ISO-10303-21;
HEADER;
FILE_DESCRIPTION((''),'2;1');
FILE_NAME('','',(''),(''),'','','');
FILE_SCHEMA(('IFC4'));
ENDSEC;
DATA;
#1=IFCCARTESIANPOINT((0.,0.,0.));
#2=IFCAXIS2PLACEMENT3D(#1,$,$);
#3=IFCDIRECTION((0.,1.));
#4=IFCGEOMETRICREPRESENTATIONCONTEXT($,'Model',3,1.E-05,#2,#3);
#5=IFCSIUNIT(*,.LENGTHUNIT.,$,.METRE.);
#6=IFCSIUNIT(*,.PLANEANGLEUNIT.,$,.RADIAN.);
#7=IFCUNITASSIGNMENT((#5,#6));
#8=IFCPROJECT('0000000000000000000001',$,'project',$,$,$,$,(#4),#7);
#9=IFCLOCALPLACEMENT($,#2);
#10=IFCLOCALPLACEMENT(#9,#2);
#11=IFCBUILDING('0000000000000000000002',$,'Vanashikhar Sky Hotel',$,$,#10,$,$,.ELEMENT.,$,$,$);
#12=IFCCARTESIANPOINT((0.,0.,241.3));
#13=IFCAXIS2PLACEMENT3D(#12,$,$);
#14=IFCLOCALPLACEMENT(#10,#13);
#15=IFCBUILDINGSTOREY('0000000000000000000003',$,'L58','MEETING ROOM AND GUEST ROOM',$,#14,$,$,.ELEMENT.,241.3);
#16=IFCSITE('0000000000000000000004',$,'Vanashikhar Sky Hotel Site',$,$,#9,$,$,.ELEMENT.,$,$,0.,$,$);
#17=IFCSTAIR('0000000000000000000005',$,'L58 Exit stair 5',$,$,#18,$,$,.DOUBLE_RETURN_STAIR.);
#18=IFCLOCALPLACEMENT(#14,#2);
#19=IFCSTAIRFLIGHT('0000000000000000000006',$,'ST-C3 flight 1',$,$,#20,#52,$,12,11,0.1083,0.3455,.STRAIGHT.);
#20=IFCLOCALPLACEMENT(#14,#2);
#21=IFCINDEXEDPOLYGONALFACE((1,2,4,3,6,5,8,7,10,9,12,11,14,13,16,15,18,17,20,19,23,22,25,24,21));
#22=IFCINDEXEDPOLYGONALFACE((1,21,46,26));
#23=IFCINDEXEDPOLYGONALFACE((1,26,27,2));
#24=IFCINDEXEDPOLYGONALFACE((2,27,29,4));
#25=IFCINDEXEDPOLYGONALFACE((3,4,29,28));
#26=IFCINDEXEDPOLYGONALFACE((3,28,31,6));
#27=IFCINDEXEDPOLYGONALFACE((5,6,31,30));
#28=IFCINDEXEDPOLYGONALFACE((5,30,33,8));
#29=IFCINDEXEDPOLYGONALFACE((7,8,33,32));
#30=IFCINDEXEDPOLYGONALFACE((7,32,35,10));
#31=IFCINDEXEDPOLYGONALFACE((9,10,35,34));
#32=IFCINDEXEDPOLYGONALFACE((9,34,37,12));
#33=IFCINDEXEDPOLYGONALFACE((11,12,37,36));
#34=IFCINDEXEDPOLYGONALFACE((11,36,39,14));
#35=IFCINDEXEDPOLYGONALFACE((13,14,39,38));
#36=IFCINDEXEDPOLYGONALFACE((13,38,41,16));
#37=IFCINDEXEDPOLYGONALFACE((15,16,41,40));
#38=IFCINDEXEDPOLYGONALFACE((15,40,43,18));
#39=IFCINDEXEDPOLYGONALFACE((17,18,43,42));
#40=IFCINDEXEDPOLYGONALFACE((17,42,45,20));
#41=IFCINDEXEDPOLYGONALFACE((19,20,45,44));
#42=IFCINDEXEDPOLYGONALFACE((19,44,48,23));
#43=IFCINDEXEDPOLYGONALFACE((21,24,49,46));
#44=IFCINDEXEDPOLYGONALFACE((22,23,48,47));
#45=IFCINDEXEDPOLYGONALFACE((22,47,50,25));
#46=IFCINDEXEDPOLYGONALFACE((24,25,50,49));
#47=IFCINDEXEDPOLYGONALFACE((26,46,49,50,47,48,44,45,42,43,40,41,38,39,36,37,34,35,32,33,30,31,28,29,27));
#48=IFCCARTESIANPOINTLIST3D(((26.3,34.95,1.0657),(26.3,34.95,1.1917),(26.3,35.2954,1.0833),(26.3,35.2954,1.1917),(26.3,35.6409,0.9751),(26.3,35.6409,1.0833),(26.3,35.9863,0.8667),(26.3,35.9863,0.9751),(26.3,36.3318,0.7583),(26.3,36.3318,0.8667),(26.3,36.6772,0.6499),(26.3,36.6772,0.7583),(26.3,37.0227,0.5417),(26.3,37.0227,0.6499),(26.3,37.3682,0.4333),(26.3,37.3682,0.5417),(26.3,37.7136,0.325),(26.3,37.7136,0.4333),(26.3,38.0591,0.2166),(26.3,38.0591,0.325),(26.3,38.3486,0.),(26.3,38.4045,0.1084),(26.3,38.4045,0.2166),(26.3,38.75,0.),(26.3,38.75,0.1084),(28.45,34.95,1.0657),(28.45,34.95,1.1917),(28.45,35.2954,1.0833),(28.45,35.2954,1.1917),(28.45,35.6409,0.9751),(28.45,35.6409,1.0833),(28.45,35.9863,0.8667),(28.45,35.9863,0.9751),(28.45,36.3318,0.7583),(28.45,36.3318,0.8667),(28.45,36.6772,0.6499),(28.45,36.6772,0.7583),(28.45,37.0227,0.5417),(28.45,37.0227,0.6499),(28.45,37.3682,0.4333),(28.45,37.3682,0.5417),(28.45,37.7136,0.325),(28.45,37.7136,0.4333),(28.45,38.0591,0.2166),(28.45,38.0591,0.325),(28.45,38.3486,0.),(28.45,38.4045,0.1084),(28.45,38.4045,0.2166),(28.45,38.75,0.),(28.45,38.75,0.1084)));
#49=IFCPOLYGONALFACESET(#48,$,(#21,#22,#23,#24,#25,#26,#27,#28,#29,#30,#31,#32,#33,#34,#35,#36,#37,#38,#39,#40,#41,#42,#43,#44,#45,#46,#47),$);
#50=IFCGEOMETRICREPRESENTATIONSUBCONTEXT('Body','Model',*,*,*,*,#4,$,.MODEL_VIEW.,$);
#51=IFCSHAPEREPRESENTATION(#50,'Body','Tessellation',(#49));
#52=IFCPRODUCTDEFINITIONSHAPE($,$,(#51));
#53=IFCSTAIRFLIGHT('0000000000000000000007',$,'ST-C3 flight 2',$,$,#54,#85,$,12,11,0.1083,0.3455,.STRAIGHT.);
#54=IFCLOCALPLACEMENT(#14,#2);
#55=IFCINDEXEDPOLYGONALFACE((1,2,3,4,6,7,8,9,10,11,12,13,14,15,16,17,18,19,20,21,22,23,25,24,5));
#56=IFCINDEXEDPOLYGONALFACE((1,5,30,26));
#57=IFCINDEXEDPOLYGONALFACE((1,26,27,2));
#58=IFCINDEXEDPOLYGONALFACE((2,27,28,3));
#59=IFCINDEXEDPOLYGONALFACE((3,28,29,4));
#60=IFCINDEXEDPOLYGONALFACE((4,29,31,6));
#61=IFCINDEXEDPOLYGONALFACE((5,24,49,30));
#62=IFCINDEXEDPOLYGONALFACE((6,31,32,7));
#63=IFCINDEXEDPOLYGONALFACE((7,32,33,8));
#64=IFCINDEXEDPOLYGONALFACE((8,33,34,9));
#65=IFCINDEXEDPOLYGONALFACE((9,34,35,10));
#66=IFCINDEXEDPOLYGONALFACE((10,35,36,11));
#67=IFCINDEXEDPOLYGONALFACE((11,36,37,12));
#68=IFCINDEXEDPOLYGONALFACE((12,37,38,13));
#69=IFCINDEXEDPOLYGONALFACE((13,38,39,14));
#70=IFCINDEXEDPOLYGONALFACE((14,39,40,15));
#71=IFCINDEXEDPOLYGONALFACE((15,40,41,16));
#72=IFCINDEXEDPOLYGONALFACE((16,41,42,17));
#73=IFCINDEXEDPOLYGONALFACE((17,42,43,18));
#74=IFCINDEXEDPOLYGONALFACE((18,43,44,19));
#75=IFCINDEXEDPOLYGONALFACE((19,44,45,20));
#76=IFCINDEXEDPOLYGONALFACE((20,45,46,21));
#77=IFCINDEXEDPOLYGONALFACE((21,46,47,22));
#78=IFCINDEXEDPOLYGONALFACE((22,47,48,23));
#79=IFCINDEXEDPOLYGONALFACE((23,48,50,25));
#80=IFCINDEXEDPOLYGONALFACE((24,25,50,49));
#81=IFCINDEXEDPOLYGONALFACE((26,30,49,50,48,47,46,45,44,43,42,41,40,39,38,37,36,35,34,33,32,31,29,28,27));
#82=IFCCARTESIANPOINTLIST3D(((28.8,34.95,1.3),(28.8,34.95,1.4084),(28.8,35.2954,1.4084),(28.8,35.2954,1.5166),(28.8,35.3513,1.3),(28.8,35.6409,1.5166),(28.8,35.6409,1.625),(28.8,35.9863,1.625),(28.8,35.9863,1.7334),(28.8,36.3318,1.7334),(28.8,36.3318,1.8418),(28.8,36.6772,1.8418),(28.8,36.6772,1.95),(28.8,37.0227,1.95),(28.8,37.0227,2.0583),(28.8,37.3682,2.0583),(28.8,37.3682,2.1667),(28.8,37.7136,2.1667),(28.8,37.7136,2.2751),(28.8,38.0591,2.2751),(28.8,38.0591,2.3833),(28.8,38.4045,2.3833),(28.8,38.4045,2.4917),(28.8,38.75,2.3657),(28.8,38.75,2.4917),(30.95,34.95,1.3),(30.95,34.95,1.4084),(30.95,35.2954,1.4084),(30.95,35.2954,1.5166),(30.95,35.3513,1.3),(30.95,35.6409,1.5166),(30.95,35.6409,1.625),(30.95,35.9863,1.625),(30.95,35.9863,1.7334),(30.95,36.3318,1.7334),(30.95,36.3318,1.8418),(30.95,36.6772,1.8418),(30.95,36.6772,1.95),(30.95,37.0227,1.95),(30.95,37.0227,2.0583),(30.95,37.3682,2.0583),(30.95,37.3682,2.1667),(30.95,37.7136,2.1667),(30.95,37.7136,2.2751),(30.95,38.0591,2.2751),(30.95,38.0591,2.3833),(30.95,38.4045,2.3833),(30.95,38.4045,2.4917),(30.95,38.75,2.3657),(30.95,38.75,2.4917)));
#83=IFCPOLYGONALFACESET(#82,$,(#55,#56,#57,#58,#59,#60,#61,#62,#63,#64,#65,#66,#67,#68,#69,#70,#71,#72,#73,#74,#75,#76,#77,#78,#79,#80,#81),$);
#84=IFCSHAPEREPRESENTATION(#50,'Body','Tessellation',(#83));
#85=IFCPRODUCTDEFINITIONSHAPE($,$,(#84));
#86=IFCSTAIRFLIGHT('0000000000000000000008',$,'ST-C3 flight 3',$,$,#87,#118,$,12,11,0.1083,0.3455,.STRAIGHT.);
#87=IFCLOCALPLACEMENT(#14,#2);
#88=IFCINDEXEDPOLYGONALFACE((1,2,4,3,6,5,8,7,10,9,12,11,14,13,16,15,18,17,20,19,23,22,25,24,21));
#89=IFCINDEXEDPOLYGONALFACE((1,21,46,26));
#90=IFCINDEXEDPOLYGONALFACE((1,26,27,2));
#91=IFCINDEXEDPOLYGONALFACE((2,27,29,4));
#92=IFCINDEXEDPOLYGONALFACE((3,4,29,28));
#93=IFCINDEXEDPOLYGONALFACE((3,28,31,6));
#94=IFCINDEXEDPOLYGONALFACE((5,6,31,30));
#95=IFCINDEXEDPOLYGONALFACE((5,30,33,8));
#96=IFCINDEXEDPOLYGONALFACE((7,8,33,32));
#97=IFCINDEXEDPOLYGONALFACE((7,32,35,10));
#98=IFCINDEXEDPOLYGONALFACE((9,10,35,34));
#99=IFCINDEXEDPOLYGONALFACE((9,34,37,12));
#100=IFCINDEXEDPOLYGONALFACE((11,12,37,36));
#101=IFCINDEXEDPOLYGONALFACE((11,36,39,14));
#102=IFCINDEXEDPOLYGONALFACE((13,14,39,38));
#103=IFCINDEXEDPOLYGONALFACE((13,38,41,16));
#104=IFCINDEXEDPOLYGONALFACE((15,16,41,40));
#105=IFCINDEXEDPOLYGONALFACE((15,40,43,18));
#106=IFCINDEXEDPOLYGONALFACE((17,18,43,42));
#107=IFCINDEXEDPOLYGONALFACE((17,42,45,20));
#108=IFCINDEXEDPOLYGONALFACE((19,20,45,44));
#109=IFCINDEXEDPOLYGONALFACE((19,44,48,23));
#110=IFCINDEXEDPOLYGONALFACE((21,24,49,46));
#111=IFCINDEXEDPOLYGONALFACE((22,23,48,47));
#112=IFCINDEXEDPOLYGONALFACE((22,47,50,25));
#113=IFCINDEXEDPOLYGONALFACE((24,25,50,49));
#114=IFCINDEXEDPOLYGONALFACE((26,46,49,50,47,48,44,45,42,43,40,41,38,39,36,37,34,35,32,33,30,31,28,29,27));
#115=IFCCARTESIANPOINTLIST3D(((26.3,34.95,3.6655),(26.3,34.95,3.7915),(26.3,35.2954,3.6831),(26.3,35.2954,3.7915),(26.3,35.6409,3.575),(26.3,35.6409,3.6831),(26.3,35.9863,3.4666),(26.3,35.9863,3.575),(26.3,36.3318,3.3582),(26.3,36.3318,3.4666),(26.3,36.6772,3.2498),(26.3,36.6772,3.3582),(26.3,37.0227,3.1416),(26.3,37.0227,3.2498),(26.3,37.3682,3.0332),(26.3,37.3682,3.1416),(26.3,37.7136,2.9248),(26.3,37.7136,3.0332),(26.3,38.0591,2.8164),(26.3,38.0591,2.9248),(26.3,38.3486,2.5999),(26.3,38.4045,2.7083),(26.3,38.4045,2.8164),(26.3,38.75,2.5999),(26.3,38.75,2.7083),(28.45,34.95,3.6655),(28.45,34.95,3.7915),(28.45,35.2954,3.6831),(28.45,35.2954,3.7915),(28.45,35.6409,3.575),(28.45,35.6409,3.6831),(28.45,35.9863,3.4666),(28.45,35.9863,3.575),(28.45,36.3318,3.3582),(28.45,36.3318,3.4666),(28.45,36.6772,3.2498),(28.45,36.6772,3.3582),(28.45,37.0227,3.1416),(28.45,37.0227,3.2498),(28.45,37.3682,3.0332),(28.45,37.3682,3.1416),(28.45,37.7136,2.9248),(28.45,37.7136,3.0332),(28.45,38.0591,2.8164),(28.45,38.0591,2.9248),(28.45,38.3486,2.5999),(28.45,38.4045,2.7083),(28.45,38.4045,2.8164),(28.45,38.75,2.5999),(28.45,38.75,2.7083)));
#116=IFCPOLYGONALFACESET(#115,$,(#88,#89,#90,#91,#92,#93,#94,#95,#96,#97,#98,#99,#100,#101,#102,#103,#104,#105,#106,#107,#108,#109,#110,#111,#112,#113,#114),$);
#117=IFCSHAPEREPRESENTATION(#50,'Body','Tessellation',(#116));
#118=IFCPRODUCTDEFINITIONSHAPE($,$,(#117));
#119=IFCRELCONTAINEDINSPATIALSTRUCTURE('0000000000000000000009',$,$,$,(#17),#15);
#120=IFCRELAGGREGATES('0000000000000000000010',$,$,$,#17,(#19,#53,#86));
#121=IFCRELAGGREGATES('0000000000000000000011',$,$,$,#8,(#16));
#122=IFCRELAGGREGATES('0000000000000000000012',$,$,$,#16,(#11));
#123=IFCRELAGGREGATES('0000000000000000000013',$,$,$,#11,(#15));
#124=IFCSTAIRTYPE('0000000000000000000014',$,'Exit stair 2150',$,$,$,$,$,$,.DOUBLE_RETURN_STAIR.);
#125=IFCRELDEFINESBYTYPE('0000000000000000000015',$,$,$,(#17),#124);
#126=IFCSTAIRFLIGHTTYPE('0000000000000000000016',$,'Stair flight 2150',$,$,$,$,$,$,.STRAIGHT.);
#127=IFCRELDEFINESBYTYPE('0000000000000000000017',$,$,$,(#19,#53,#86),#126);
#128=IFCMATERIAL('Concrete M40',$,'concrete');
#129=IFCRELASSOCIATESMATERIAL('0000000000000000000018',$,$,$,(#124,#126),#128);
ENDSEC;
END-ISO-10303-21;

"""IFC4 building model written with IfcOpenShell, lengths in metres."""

from ifc_helpers import new_model, si_unit, direction, frame, origin, place, context, subcontext, project, spatial, polyline, outline, extrude, source, transform, mapped, material, type_object, element, aggregate, save


model = new_model("IFC4")

# Units and contexts
model_context = context("Model", 3, precision=1e-05, world=origin(), true_north=direction((0.0, 1.0)))
body_context = subcontext(model_context, "Body", "Model", "MODEL_VIEW")
ifc_project = project(units=[si_unit("LENGTHUNIT", "METRE"), si_unit("PLANEANGLEUNIT", "RADIAN")], contexts=[model_context])

# Site, building, storey
site_placement = place(None, origin())
site = spatial("IfcSite", under=ifc_project, at=site_placement, Name="Vanashikhar Sky Hotel Site", CompositionType="ELEMENT", RefElevation=0.0)
building_placement = place(site_placement, origin())
building = spatial("IfcBuilding", under=site, at=building_placement, Name="Vanashikhar Sky Hotel", CompositionType="ELEMENT")
storey_placement = place(building_placement, frame((0.0, 0.0, 241.3)))
storey = spatial("IfcBuildingStorey", under=building, at=storey_placement, Name="L58", Description="MEETING ROOM AND GUEST ROOM", CompositionType="ELEMENT", Elevation=241.3)

# Shared definitions
ifc_material_1 = material(Name="Concrete M40", Category="concrete")

# Shared definitions
stair_type = type_object("IfcStairType", Name="Exit stair 2150", PredefinedType="DOUBLE_RETURN_STAIR", material=ifc_material_1)
stair_flight_type = type_object("IfcStairFlightType", Name="Stair flight 2150", PredefinedType="STRAIGHT", material=ifc_material_1)
shared_shape_1 = source(origin(), body_context, "Body", "SweptSolid", [
    extrude(outline(polyline([(0.0, 0.0), (0.0, 0.1084), (0.3455, 0.1084), (0.3455, 0.2166), (0.6909, 0.2166), (0.6909, 0.325), (1.0364, 0.325), (1.0364, 0.4333), (1.3818, 0.4333), (1.3818, 0.5417), (1.7273, 0.5417), (1.7273, 0.6499), (2.0728, 0.6499), (2.0728, 0.7583), (2.4182, 0.7583), (2.4182, 0.8667), (2.7637, 0.8667), (2.7637, 0.9751), (3.1091, 0.9751), (3.1091, 1.0833), (3.4546, 1.0833), (3.4546, 1.1917), (3.8, 1.1917), (3.8, 1.3), (3.8, 1.0657), (0.4014, 0.0), (0.0, 0.0)])), frame((0.0, 1.075, 0.0), z_axis=(0.0, -1.0, 0.0), x_axis=(1.0, 0.0, 0.0)), (0.0, 0.0, 1.0), 2.1499),
])

# Stair, stair flights
stair_1_placement = place(storey_placement, origin())
stair_1 = element("IfcStair", 1, at=stair_1_placement, inside=storey, type_object=stair_type, Name="L58 Exit stair 5", PredefinedType="DOUBLE_RETURN_STAIR")
stair_flight_1_placement = place(storey_placement, frame((27.375, 38.75, 0.0), z_axis=(0.0, 0.0, 1.0), x_axis=(0.0, -1.0, 0.0)))
stair_flight_1 = element("IfcStairFlight", 2, at=stair_flight_1_placement, type_object=stair_flight_type, Name="ST-C3 flight 1", NumberOfRisers=12, NumberOfTreads=11, PredefinedType="STRAIGHT", RiserHeight=0.1083, TreadLength=0.3455, context=body_context, shape_type="MappedRepresentation", body=[
    mapped(shared_shape_1, transform((0.0, 0.0, 0.0), scale=1.0)),
])
stair_flight_2_placement = place(storey_placement, frame((29.875, 34.95, 1.3), z_axis=(0.0, 0.0, 1.0), x_axis=(0.0, 1.0, 0.0)))
stair_flight_2 = element("IfcStairFlight", 3, at=stair_flight_2_placement, type_object=stair_flight_type, Name="ST-C3 flight 2", NumberOfRisers=12, NumberOfTreads=11, PredefinedType="STRAIGHT", RiserHeight=0.1083, TreadLength=0.3455, context=body_context, shape_type="MappedRepresentation", body=[
    mapped(shared_shape_1, transform((0.0, 0.0, 0.0), scale=1.0)),
])
stair_flight_3_placement = place(storey_placement, frame((27.375, 38.75, 2.5999), z_axis=(0.0, 0.0, 1.0), x_axis=(0.0, -1.0, 0.0)))
stair_flight_3 = element("IfcStairFlight", 4, at=stair_flight_3_placement, type_object=stair_flight_type, Name="ST-C3 flight 3", NumberOfRisers=12, NumberOfTreads=11, PredefinedType="STRAIGHT", RiserHeight=0.1083, TreadLength=0.3455, context=body_context, shape_type="MappedRepresentation", body=[
    mapped(shared_shape_1, transform((0.0, 0.0, 0.0), scale=1.0)),
])
aggregate(stair_1, [stair_flight_1, stair_flight_2, stair_flight_3])

save(model, "model.ifc")
